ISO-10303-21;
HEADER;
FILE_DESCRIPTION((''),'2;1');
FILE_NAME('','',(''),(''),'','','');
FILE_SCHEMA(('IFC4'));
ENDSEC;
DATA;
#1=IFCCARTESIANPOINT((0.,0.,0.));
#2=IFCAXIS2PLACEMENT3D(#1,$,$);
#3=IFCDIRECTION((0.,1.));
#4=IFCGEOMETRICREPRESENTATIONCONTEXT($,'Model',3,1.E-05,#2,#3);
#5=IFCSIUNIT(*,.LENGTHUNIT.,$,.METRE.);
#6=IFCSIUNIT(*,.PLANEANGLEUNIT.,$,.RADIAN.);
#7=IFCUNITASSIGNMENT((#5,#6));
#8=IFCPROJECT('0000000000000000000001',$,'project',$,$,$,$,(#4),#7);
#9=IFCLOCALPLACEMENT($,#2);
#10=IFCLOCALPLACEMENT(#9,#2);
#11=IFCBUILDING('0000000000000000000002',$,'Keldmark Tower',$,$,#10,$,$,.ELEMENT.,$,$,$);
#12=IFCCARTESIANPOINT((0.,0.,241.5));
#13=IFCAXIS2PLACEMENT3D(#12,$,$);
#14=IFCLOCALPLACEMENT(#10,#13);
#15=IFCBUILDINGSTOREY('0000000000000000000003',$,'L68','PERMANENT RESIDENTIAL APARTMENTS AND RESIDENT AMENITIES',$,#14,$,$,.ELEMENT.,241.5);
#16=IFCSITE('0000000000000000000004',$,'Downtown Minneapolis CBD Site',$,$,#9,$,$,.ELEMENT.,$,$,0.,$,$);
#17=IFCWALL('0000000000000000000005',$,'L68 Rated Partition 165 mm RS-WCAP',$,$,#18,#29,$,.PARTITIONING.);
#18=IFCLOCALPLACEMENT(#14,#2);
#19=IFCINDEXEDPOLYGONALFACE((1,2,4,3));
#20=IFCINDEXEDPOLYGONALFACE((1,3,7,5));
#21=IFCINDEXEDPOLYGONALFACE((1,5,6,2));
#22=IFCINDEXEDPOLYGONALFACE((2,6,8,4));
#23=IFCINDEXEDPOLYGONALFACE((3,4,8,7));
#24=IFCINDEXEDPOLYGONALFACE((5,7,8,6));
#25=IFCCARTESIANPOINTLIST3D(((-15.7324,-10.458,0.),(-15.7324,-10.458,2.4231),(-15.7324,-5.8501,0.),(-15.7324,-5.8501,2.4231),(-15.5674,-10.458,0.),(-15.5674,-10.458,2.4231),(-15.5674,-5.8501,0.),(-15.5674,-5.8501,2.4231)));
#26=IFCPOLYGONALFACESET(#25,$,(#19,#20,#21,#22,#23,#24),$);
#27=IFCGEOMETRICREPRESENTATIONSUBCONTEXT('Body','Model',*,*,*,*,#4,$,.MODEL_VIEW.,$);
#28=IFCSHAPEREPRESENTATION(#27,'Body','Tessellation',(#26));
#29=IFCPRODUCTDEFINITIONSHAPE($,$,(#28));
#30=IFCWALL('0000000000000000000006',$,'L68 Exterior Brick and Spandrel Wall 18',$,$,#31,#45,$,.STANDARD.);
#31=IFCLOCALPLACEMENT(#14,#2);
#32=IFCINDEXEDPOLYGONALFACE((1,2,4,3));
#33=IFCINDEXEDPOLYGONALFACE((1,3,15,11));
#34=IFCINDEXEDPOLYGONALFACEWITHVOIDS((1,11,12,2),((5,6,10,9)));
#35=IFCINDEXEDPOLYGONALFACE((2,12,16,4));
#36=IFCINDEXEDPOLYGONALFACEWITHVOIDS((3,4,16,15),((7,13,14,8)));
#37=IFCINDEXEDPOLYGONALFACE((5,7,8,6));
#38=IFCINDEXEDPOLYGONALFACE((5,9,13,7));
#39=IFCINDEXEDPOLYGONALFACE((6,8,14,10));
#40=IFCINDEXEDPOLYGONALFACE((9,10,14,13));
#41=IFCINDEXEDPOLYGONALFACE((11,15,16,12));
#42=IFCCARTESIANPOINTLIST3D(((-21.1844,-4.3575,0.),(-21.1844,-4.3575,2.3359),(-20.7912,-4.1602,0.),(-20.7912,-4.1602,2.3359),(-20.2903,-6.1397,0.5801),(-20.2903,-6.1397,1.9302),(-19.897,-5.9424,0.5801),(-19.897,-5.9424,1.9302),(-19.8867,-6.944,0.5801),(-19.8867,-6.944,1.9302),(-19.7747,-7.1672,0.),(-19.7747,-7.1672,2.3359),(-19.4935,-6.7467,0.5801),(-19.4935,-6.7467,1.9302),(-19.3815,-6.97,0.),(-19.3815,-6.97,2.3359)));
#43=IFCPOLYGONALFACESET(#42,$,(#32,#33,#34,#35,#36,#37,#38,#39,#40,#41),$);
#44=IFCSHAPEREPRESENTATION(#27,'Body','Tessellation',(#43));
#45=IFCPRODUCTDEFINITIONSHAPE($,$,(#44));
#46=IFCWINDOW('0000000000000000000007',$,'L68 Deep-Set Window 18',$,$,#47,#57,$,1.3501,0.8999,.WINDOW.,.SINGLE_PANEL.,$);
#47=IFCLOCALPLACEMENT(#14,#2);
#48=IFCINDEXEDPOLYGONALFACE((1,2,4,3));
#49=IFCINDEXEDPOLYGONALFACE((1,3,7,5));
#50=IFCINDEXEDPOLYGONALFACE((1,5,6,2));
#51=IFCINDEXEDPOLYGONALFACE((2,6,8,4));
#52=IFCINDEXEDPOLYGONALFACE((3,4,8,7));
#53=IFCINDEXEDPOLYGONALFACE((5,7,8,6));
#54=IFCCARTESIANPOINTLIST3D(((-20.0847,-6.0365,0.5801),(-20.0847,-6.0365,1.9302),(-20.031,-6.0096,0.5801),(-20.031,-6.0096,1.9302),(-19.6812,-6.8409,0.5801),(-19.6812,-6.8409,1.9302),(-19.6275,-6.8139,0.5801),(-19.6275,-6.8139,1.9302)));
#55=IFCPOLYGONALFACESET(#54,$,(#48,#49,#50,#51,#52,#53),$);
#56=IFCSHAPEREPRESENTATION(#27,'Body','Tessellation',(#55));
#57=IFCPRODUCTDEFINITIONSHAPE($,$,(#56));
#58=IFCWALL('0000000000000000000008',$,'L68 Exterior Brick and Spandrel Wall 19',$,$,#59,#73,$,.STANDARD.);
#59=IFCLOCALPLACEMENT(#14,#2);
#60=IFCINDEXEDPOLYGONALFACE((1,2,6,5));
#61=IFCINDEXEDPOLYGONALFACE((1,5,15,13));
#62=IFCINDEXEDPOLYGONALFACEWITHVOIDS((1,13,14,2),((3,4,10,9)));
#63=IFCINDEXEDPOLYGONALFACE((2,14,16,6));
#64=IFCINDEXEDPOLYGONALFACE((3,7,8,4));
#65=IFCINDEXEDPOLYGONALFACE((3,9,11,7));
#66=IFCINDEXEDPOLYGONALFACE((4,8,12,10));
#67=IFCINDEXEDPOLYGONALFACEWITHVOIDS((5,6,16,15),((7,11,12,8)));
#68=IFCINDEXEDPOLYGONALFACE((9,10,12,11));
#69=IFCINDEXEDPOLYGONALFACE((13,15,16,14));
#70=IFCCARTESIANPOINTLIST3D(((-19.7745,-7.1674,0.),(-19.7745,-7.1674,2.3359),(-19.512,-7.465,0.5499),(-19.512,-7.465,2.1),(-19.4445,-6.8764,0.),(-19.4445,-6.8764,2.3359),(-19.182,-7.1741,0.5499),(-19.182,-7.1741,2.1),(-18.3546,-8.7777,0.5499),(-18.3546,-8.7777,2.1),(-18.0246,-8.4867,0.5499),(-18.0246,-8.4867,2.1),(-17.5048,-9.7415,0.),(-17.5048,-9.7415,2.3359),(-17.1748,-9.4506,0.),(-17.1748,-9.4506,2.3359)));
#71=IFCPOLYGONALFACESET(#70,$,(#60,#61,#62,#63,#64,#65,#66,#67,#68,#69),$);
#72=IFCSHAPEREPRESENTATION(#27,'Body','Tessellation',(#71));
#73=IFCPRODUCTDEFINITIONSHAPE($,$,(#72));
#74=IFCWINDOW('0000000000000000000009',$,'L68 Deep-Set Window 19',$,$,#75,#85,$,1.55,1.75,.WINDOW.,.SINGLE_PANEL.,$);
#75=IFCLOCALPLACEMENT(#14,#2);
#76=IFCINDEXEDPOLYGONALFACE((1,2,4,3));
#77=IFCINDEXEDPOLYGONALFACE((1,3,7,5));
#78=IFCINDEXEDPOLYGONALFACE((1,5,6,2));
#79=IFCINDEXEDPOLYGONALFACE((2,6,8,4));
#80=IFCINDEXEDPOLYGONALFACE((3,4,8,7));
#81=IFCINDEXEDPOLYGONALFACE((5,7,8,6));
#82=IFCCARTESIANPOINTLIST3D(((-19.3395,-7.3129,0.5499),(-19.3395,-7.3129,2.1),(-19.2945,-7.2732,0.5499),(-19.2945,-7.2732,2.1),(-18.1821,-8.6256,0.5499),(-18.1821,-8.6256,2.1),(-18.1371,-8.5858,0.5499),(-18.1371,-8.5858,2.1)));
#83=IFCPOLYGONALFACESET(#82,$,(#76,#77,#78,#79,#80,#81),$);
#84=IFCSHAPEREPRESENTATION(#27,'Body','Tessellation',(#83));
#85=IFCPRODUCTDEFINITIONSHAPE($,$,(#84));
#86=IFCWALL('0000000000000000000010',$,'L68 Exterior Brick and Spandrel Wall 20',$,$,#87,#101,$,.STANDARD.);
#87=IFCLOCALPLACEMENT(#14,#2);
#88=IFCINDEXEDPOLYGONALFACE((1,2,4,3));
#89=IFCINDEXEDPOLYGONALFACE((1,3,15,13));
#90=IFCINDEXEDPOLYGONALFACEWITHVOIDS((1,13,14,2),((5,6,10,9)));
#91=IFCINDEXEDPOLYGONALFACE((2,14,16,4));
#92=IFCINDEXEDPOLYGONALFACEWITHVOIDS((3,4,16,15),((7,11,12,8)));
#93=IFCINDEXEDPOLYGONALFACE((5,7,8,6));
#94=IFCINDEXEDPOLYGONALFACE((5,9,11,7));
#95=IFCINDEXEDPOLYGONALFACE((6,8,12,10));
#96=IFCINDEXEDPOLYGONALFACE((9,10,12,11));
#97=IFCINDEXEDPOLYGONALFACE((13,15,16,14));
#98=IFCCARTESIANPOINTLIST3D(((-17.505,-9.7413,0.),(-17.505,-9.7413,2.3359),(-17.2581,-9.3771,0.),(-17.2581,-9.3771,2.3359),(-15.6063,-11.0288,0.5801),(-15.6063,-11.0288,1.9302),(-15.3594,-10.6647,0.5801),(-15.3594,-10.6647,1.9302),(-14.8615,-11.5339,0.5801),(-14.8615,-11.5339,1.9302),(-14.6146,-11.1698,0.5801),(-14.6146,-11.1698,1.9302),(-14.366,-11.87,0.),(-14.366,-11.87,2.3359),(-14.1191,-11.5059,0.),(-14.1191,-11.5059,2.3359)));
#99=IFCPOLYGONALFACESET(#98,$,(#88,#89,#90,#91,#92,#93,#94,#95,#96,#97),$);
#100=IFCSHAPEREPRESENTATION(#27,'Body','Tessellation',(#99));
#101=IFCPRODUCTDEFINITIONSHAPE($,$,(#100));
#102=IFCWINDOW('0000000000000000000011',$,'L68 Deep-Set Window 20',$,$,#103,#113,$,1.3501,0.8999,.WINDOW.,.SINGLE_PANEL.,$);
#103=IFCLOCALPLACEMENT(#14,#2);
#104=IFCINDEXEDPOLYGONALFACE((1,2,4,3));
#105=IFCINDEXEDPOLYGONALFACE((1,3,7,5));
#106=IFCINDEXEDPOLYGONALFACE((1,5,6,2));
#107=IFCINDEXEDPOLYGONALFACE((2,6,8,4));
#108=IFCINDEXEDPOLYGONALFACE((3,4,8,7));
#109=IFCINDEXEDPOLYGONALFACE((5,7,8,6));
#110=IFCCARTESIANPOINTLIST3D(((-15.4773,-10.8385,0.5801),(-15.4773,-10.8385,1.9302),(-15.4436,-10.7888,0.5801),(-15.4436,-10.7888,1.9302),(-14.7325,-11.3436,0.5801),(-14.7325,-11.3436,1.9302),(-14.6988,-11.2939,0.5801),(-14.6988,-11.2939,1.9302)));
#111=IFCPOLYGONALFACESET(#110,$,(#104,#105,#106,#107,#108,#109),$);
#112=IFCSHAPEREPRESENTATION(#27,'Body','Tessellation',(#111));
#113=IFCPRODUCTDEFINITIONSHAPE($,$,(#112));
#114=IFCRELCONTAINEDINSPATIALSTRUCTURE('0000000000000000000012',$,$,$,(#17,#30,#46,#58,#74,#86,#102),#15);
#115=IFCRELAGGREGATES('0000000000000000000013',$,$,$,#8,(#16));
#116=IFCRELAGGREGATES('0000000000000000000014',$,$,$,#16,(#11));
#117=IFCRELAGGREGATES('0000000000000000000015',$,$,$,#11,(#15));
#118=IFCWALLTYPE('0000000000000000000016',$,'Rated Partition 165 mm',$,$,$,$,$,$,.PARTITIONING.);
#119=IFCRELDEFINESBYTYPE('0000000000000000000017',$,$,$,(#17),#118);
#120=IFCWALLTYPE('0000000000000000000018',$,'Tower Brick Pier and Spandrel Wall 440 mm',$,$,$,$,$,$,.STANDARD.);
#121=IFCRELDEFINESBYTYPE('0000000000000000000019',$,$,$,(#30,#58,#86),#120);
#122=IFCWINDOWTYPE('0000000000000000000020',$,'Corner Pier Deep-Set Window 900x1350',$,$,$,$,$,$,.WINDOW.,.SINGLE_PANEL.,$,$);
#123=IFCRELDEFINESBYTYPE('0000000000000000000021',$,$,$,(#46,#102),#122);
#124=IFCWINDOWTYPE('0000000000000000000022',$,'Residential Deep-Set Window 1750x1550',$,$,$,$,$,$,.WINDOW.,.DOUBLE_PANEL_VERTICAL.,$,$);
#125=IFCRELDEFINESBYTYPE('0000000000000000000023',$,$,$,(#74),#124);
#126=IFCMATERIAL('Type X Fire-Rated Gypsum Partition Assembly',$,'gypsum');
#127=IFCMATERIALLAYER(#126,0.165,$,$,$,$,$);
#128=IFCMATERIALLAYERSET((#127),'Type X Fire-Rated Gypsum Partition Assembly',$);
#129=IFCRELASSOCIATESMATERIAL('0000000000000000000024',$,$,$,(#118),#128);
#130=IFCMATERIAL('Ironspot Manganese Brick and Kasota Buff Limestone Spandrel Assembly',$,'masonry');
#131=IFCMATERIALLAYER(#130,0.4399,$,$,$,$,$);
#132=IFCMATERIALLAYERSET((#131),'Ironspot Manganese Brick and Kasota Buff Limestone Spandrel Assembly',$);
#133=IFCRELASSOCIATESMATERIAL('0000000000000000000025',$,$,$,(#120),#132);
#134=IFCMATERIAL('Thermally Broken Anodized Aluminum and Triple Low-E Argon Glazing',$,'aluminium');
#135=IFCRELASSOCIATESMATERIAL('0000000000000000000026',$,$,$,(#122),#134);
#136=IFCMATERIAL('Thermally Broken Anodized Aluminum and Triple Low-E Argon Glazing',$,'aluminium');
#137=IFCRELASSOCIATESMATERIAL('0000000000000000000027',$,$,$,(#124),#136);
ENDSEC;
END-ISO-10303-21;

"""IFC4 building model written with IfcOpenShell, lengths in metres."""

from ifc_helpers import new_model, si_unit, direction, frame, frame_2d, origin, place, context, subcontext, project, spatial, rectangle, extrude, material, layer, layer_set, type_object, element, fill, save


model = new_model("IFC4")

# Units and contexts
model_context = context("Model", 3, precision=1e-05, world=origin(), true_north=direction((0.0, 1.0)))
body_context = subcontext(model_context, "Body", "Model", "MODEL_VIEW")
ifc_project = project(units=[si_unit("LENGTHUNIT", "METRE"), si_unit("PLANEANGLEUNIT", "RADIAN")], contexts=[model_context])

# Site, building, storey
site_placement = place(None, origin())
site = spatial("IfcSite", under=ifc_project, at=site_placement, Name="Downtown Minneapolis CBD Site", CompositionType="ELEMENT", RefElevation=0.0)
building_placement = place(site_placement, origin())
building = spatial("IfcBuilding", under=site, at=building_placement, Name="Keldmark Tower", CompositionType="ELEMENT")
storey_placement = place(building_placement, frame((0.0, 0.0, 241.5)))
storey = spatial("IfcBuildingStorey", under=building, at=storey_placement, Name="L68", Description="PERMANENT RESIDENTIAL APARTMENTS AND RESIDENT AMENITIES", CompositionType="ELEMENT", Elevation=241.5)

# Wall
ifc_material_1 = material(Name="Type X Fire-Rated Gypsum Partition Assembly", Category="gypsum")
ifc_layer_1 = layer(ifc_material_1, 0.165)
ifc_layer_set_1 = layer_set([ifc_layer_1], Name="Type X Fire-Rated Gypsum Partition Assembly")
wall_type_1 = type_object("IfcWallType", Name="Rated Partition 165 mm", PredefinedType="PARTITIONING", material=ifc_layer_set_1)
wall_1_placement = place(storey_placement, frame((-15.6499, -10.458, 0.0), z_axis=(0.0, 0.0, 1.0), x_axis=(0.0, 1.0, 0.0)))
element("IfcWall", 1, at=wall_1_placement, inside=storey, type_object=wall_type_1, Name="L68 Rated Partition 165 mm RS-WCAP", PredefinedType="PARTITIONING", context=body_context, shape_type="SweptSolid", body=[
    extrude(rectangle(XDim=4.6079, YDim=0.165, at=frame_2d((2.304, 0.0))), origin(), (0.0, 0.0, 1.0), 2.4231),
])

# Walls, openings, windows
ifc_material_2 = material(Name="Ironspot Manganese Brick and Kasota Buff Limestone Spandrel Assembly", Category="masonry")
ifc_layer_2 = layer(ifc_material_2, 0.4399)
ifc_layer_set_2 = layer_set([ifc_layer_2], Name="Ironspot Manganese Brick and Kasota Buff Limestone Spandrel Assembly")
wall_type_2 = type_object("IfcWallType", Name="Tower Brick Pier and Spandrel Wall 440 mm", PredefinedType="STANDARD", material=ifc_layer_set_2)
wall_2_placement = place(storey_placement, frame((-19.5781, -7.0686, 0.0), z_axis=(0.0, 0.0, 1.0), x_axis=(-0.448425, 0.893821, 0.0)))
wall_2 = element("IfcWall", 2, at=wall_2_placement, inside=storey, type_object=wall_type_2, Name="L68 Exterior Brick and Spandrel Wall 18", PredefinedType="STANDARD", context=body_context, shape_type="SweptSolid", body=[
    extrude(rectangle(XDim=3.1436, YDim=0.4399, at=frame_2d((1.5718, 0.0))), origin(), (0.0, 0.0, 1.0), 2.3359),
])
opening_1_placement = place(wall_2_placement, frame((0.2498, 0.0, 0.5801)))
opening_1 = element("IfcOpeningElement", 3, at=opening_1_placement, cuts=wall_2, PredefinedType="OPENING", context=body_context, shape_type="SweptSolid", body=[
    extrude(rectangle(XDim=0.8999, YDim=1.3501, at=frame_2d((0.45, 0.675))), frame((0.0, 0.23, 0.0), z_axis=(0.0, -1.0, 0.0), x_axis=(1.0, 0.0, 0.0)), (0.0, 0.0, 1.0), 0.46),
])
ifc_material_3 = material(Name="Thermally Broken Anodized Aluminum and Triple Low-E Argon Glazing", Category="aluminium")
window_type_1 = type_object("IfcWindowType", Name="Corner Pier Deep-Set Window 900x1350", PartitioningType="SINGLE_PANEL", PredefinedType="WINDOW", material=ifc_material_3)
window_1_placement = place(opening_1_placement, origin())
window_1 = element("IfcWindow", 4, at=window_1_placement, inside=storey, type_object=window_type_1, Name="L68 Deep-Set Window 18", OverallHeight=1.3501, OverallWidth=0.8999, PartitioningType="SINGLE_PANEL", PredefinedType="WINDOW", context=body_context, shape_type="SweptSolid", body=[
    extrude(rectangle(XDim=0.8999, YDim=1.3501, at=frame_2d((0.45, 0.675))), frame((0.0, -0.01, 0.0), z_axis=(0.0, -1.0, 0.0), x_axis=(1.0, 0.0, 0.0)), (0.0, 0.0, 1.0), 0.0601),
])
fill(opening_1, window_1)
wall_3_placement = place(storey_placement, frame((-17.3398, -9.5959, 0.0), z_axis=(0.0, 0.0, 1.0), x_axis=(-0.66136, 0.750068, 0.0)))
wall_3 = element("IfcWall", 5, at=wall_3_placement, inside=storey, type_object=wall_type_2, Name="L68 Exterior Brick and Spandrel Wall 19", PredefinedType="STANDARD", context=body_context, shape_type="SweptSolid", body=[
    extrude(rectangle(XDim=3.4319, YDim=0.4399, at=frame_2d((1.7158, 0.0))), origin(), (0.0, 0.0, 1.0), 2.3359),
])
opening_2_placement = place(wall_3_placement, frame((1.2849, 0.0, 0.55)))
opening_2 = element("IfcOpeningElement", 6, at=opening_2_placement, cuts=wall_3, PredefinedType="OPENING", context=body_context, shape_type="SweptSolid", body=[
    extrude(rectangle(XDim=1.75, YDim=1.55, at=frame_2d((0.875, 0.7749))), frame((0.0, 0.23, 0.0), z_axis=(0.0, -1.0, 0.0), x_axis=(1.0, 0.0, 0.0)), (0.0, 0.0, 1.0), 0.46),
])
ifc_material_4 = material(Name="Thermally Broken Anodized Aluminum and Triple Low-E Argon Glazing", Category="aluminium")
window_type_2 = type_object("IfcWindowType", Name="Residential Deep-Set Window 1750x1550", PartitioningType="DOUBLE_PANEL_VERTICAL", PredefinedType="WINDOW", material=ifc_material_4)
window_2_placement = place(opening_2_placement, origin())
window_2 = element("IfcWindow", 7, at=window_2_placement, inside=storey, type_object=window_type_2, Name="L68 Deep-Set Window 19", OverallHeight=1.55, OverallWidth=1.75, PartitioningType="SINGLE_PANEL", PredefinedType="WINDOW", context=body_context, shape_type="SweptSolid", body=[
    extrude(rectangle(XDim=1.75, YDim=1.55, at=frame_2d((0.875, 0.7749))), frame((0.0, -0.01, 0.0), z_axis=(0.0, -1.0, 0.0), x_axis=(1.0, 0.0, 0.0)), (0.0, 0.0, 1.0), 0.0601),
])
fill(opening_2, window_2)
wall_4_placement = place(storey_placement, frame((-14.2424, -11.688, 0.0), z_axis=(0.0, 0.0, 1.0), x_axis=(-0.827637, 0.561264, 0.0)))
wall_4 = element("IfcWall", 8, at=wall_4_placement, inside=storey, type_object=wall_type_2, Name="L68 Exterior Brick and Spandrel Wall 20", PredefinedType="STANDARD", context=body_context, shape_type="SweptSolid", body=[
    extrude(rectangle(XDim=3.7927, YDim=0.4399, at=frame_2d((1.8965, 0.0))), origin(), (0.0, 0.0, 1.0), 2.3359),
])
opening_3_placement = place(wall_4_placement, frame((0.5989, 0.0, 0.5801)))
opening_3 = element("IfcOpeningElement", 9, at=opening_3_placement, cuts=wall_4, PredefinedType="OPENING", context=body_context, shape_type="SweptSolid", body=[
    extrude(rectangle(XDim=0.8999, YDim=1.3501, at=frame_2d((0.45, 0.675))), frame((0.0, 0.23, 0.0), z_axis=(0.0, -1.0, 0.0), x_axis=(1.0, 0.0, 0.0)), (0.0, 0.0, 1.0), 0.46),
])
window_3_placement = place(opening_3_placement, origin())
window_3 = element("IfcWindow", 10, at=window_3_placement, inside=storey, type_object=window_type_1, Name="L68 Deep-Set Window 20", OverallHeight=1.3501, OverallWidth=0.8999, PartitioningType="SINGLE_PANEL", PredefinedType="WINDOW", context=body_context, shape_type="SweptSolid", body=[
    extrude(rectangle(XDim=0.8999, YDim=1.3501, at=frame_2d((0.45, 0.675))), frame((0.0, -0.01, 0.0), z_axis=(0.0, -1.0, 0.0), x_axis=(1.0, 0.0, 0.0)), (0.0, 0.0, 1.0), 0.0601),
])
fill(opening_3, window_3)

save(model, "model.ifc")
